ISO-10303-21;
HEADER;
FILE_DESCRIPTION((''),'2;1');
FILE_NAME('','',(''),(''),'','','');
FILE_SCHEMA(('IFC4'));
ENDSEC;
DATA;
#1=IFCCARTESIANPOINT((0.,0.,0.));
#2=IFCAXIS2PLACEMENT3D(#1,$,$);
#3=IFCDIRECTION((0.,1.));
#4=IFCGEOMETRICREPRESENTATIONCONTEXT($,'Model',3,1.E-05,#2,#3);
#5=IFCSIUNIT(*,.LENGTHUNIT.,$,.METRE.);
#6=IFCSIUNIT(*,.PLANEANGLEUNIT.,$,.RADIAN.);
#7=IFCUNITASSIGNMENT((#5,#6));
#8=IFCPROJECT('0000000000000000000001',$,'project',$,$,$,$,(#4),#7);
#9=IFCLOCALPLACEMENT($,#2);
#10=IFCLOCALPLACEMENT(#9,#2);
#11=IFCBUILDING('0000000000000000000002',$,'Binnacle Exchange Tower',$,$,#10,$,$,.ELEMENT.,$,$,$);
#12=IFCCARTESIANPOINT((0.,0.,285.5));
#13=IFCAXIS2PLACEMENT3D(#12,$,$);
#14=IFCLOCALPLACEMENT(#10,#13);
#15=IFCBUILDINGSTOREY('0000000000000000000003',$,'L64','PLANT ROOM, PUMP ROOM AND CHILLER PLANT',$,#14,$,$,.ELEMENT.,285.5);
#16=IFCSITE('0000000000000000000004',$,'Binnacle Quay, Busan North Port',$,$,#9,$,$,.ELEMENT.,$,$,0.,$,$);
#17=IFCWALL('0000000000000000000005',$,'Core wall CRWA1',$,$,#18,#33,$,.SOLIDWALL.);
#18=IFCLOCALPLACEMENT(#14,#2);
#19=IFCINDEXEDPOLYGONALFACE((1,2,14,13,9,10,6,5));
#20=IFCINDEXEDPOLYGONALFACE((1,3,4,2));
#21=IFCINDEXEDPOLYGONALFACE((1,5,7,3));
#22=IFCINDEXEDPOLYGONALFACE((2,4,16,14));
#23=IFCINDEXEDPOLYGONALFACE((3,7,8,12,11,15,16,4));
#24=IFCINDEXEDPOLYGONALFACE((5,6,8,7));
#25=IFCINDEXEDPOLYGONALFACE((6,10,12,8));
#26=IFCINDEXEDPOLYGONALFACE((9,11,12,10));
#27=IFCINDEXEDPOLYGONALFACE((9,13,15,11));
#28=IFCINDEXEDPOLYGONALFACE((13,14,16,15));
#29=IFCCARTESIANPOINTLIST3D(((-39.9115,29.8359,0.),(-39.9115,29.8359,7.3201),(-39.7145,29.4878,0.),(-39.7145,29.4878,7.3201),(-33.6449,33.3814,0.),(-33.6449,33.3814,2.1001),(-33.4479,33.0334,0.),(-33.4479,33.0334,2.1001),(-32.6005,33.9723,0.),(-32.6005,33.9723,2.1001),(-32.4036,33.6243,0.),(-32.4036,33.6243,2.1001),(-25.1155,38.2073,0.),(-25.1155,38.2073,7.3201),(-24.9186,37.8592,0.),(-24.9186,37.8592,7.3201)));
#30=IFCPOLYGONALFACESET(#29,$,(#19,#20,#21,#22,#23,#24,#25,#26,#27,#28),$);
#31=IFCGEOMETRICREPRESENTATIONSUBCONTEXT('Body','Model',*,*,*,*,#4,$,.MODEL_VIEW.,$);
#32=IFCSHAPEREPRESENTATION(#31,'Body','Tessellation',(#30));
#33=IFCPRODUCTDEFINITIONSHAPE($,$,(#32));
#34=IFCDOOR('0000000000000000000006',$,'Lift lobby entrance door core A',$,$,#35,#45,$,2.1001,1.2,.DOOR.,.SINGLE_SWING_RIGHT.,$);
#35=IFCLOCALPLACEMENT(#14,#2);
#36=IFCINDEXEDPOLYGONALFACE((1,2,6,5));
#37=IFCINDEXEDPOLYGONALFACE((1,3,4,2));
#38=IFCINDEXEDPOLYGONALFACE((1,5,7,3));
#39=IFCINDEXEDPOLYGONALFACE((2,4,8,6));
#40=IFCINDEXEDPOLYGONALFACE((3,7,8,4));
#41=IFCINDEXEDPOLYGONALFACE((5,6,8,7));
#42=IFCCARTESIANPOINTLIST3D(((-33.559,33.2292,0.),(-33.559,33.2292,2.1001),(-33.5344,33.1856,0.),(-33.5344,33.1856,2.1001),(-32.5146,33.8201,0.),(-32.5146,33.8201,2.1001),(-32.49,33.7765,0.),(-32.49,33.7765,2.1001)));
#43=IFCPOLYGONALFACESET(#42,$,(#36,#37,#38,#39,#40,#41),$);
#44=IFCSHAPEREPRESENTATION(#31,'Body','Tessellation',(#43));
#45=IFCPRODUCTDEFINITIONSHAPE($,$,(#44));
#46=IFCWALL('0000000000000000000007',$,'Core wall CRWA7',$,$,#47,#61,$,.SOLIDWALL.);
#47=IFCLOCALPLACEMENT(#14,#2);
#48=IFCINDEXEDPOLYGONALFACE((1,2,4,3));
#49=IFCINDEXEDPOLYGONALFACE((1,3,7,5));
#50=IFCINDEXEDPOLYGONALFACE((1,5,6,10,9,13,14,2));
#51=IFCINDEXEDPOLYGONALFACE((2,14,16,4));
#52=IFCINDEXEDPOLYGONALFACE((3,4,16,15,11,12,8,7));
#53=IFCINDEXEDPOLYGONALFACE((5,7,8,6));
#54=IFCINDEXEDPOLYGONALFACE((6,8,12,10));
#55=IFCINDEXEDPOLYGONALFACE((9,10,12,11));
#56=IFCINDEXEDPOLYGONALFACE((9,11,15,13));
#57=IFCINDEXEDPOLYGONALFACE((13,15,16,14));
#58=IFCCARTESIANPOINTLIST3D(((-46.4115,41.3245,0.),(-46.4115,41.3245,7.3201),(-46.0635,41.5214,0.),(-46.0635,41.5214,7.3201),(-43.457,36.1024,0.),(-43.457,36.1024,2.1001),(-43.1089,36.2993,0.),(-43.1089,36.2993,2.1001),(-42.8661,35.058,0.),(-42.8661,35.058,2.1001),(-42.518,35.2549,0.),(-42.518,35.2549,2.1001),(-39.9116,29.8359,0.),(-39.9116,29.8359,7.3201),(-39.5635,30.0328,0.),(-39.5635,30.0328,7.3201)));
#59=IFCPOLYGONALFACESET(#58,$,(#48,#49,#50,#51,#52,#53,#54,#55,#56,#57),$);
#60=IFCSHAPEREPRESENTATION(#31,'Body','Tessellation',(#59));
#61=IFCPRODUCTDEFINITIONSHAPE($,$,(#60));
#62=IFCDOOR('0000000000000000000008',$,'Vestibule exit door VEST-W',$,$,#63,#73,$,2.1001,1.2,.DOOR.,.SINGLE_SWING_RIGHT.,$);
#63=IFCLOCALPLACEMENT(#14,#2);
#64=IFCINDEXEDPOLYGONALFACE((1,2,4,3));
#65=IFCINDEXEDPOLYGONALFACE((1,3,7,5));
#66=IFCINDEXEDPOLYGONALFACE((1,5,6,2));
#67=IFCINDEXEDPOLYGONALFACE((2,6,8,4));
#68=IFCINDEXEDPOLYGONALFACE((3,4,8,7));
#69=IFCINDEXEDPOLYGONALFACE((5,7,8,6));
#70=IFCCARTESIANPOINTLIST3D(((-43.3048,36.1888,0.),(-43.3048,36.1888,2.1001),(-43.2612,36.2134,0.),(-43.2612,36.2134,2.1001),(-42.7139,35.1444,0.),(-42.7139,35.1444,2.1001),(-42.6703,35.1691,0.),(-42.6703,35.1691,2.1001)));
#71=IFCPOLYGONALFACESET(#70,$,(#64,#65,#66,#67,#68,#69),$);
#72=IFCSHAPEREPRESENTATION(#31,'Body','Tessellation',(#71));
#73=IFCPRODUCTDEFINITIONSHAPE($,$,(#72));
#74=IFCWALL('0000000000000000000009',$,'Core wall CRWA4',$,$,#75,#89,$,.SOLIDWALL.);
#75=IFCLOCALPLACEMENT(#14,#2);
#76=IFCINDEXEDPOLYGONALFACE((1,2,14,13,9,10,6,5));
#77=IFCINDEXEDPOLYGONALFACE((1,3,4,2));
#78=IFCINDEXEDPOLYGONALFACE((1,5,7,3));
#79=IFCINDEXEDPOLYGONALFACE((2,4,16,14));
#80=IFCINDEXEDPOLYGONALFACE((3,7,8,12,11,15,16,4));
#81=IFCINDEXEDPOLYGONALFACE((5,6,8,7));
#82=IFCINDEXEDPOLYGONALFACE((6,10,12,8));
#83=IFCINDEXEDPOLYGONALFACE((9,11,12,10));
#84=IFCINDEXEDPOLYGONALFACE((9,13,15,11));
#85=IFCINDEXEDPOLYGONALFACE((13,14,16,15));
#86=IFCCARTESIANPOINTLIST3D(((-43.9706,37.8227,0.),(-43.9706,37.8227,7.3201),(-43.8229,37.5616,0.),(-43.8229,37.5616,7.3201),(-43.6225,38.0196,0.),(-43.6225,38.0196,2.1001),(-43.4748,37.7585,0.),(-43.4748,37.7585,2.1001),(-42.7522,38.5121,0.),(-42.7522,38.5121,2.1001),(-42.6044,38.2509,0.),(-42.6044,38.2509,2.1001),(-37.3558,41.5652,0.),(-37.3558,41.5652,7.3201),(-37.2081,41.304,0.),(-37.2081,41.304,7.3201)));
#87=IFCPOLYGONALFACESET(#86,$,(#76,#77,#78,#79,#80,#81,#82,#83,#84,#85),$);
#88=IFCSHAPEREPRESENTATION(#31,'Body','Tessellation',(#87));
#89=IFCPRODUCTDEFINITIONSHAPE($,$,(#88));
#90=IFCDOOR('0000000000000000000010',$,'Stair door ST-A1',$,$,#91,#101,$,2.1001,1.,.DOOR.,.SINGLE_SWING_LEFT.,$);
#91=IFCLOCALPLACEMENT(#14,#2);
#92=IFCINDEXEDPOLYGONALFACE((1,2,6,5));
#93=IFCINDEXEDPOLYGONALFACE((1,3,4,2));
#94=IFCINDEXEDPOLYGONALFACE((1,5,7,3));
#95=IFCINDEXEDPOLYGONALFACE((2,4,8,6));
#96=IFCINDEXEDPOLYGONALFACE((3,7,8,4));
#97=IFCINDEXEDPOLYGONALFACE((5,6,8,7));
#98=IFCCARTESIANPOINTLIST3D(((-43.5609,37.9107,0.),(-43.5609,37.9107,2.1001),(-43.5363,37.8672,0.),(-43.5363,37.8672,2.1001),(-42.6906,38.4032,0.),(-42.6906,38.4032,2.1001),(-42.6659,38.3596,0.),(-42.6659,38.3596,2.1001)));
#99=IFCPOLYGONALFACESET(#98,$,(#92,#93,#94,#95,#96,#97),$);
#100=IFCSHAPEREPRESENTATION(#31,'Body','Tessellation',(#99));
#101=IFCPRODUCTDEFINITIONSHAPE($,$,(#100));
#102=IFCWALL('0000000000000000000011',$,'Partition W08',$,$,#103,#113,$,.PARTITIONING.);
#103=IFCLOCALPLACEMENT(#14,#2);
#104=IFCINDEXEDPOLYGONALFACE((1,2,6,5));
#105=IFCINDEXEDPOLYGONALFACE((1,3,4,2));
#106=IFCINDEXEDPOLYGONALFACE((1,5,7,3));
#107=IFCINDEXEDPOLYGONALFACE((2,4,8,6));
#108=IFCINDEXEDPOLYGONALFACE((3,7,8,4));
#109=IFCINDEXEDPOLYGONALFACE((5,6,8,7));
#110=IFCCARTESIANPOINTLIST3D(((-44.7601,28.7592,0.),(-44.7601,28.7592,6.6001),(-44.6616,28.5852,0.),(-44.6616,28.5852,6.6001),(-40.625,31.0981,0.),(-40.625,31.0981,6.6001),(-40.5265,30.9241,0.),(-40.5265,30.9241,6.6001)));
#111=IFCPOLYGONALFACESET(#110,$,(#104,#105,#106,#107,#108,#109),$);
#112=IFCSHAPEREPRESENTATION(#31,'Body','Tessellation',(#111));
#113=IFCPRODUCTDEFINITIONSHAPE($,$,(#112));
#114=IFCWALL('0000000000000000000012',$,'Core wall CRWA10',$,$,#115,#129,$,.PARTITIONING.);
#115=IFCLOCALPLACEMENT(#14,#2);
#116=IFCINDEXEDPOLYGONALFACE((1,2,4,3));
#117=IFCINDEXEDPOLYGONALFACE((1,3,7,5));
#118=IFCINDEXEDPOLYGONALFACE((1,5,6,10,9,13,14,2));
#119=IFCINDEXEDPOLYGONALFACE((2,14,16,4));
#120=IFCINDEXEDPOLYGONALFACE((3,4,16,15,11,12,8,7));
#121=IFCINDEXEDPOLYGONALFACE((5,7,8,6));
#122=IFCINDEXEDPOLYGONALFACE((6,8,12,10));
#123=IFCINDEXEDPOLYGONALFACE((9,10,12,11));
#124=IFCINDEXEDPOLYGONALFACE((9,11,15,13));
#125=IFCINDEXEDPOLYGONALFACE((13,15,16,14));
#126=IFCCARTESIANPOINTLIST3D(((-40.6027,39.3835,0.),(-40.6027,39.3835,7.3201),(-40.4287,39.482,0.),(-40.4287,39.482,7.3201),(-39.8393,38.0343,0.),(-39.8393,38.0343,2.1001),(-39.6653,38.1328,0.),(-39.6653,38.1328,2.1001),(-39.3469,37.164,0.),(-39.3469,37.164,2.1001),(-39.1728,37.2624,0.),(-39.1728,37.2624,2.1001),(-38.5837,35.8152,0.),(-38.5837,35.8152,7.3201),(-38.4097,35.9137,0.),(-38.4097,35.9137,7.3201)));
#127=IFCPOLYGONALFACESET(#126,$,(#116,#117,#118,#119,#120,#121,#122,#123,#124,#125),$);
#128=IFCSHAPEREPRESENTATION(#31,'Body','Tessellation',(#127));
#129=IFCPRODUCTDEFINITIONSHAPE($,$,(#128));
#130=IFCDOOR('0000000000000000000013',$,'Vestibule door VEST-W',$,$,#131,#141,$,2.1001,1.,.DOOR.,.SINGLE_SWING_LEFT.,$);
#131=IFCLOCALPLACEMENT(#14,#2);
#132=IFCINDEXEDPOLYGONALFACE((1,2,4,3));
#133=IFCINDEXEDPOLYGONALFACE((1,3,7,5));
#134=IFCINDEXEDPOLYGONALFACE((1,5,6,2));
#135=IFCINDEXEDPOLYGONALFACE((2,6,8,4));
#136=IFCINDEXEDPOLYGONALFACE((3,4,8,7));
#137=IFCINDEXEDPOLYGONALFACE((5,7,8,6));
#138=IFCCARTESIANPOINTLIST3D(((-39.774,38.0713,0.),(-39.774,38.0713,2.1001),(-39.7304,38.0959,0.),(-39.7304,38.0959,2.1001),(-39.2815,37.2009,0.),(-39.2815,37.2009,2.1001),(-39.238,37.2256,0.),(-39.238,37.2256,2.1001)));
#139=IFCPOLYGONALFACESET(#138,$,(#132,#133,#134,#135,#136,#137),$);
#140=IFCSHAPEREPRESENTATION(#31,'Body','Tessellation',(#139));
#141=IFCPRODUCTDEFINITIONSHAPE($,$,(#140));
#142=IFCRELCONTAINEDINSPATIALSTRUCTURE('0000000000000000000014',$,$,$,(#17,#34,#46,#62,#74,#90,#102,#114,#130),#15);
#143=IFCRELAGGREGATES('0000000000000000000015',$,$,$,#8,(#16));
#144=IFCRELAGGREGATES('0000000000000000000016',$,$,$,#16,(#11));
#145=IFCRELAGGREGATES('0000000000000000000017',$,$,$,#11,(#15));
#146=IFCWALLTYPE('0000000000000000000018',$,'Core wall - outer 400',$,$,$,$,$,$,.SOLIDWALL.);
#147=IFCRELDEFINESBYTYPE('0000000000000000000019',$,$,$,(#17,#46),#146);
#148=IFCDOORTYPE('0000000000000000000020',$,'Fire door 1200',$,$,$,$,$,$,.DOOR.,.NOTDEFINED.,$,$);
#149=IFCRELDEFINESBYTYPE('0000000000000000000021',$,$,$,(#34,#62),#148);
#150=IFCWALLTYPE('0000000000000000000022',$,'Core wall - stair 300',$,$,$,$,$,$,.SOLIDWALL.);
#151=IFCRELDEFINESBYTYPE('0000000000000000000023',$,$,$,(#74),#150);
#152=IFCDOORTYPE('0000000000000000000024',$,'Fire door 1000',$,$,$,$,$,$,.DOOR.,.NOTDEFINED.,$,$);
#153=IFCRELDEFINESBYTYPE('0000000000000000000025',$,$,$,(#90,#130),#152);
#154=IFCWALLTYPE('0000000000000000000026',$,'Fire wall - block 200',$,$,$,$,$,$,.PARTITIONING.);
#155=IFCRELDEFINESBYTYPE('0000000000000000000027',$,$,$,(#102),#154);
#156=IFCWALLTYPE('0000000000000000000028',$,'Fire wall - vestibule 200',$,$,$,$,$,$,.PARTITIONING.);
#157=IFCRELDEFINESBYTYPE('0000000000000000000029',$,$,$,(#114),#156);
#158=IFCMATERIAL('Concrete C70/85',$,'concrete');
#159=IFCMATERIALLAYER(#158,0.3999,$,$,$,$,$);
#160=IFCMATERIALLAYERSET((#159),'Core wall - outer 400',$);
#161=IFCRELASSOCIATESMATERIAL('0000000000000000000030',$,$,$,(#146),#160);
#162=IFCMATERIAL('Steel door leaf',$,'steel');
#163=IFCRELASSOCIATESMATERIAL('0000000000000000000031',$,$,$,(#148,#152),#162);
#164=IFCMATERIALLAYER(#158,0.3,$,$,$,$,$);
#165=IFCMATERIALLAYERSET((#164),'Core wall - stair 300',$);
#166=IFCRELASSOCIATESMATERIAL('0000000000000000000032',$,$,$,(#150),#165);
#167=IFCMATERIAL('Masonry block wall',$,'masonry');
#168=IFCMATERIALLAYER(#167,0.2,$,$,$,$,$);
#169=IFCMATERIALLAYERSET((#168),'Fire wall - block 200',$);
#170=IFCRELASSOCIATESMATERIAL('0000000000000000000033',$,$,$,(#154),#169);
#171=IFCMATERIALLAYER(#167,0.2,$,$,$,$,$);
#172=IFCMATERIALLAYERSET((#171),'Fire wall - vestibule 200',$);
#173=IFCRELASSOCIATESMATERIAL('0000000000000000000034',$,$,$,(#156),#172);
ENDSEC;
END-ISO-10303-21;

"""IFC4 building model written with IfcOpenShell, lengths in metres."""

from ifc_helpers import new_model, si_unit, direction, frame, frame_2d, origin, place, context, subcontext, project, spatial, rectangle, extrude, material, layer, layer_set, type_object, element, fill, save


model = new_model("IFC4")

# Units and contexts
model_context = context("Model", 3, precision=1e-05, world=origin(), true_north=direction((0.0, 1.0)))
body_context = subcontext(model_context, "Body", "Model", "MODEL_VIEW")
ifc_project = project(units=[si_unit("LENGTHUNIT", "METRE"), si_unit("PLANEANGLEUNIT", "RADIAN")], contexts=[model_context])

# Site, building, storey
site_placement = place(None, origin())
site = spatial("IfcSite", under=ifc_project, at=site_placement, Name="Binnacle Quay, Busan North Port", CompositionType="ELEMENT", RefElevation=0.0)
building_placement = place(site_placement, origin())
building = spatial("IfcBuilding", under=site, at=building_placement, Name="Binnacle Exchange Tower", CompositionType="ELEMENT")
storey_placement = place(building_placement, frame((0.0, 0.0, 285.5)))
storey = spatial("IfcBuildingStorey", under=building, at=storey_placement, Name="L64", Description="PLANT ROOM, PUMP ROOM AND CHILLER PLANT", CompositionType="ELEMENT", Elevation=285.5)

# Shared definitions
ifc_material_1 = material(Name="Concrete C70/85", Category="concrete")
ifc_material_2 = material(Name="Steel door leaf", Category="steel")

# Walls, openings, doors
ifc_layer_1 = layer(ifc_material_1, 0.3999)
ifc_layer_set_1 = layer_set([ifc_layer_1], Name="Core wall - outer 400")
wall_type_1 = type_object("IfcWallType", Name="Core wall - outer 400", PredefinedType="SOLIDWALL", material=ifc_layer_set_1)
wall_1_placement = place(storey_placement, frame((-39.813, 29.6619, 0.0), z_axis=(0.0, 0.0, 1.0), x_axis=(0.87035, 0.492433, 0.0)))
wall_1 = element("IfcWall", 1, at=wall_1_placement, inside=storey, type_object=wall_type_1, Name="Core wall CRWA1", PredefinedType="SOLIDWALL", context=body_context, shape_type="SweptSolid", body=[
    extrude(rectangle(XDim=17.0, YDim=0.3999, at=frame_2d((8.5, 0.0))), origin(), (0.0, 0.0, 1.0), 7.3201),
])
opening_1_placement = place(wall_1_placement, frame((7.2, 0.0, 0.0)))
opening_1 = element("IfcOpeningElement", 2, at=opening_1_placement, cuts=wall_1, PredefinedType="OPENING", context=body_context, shape_type="SweptSolid", body=[
    extrude(rectangle(XDim=1.2, YDim=2.1001, at=frame_2d((0.6001, 1.05))), frame((0.0, 0.21, 0.0), z_axis=(0.0, -1.0, 0.0), x_axis=(1.0, 0.0, 0.0)), (0.0, 0.0, 1.0), 0.4199),
])
door_type_1 = type_object("IfcDoorType", Name="Fire door 1200", OperationType="NOTDEFINED", PredefinedType="DOOR", material=ifc_material_2)
door_1_placement = place(opening_1_placement, frame((1.2, 0.0, 0.0), z_axis=(0.0, 0.0, 1.0), x_axis=(-1.0, 0.0, 0.0)))
door_1 = element("IfcDoor", 3, at=door_1_placement, inside=storey, type_object=door_type_1, Name="Lift lobby entrance door core A", OperationType="SINGLE_SWING_RIGHT", OverallHeight=2.1001, OverallWidth=1.2, PredefinedType="DOOR", context=body_context, shape_type="SweptSolid", body=[
    extrude(rectangle(XDim=1.2, YDim=2.1001, at=frame_2d((0.6001, 1.05))), frame((0.0, 0.0249, 0.0), z_axis=(0.0, -1.0, 0.0), x_axis=(1.0, 0.0, 0.0)), (0.0, 0.0, 1.0), 0.05),
])
fill(opening_1, door_1)
wall_2_placement = place(storey_placement, frame((-46.2375, 41.4231, 0.0), z_axis=(0.0, 0.0, 1.0), x_axis=(0.492422, -0.870357, 0.0)))
wall_2 = element("IfcWall", 4, at=wall_2_placement, inside=storey, type_object=wall_type_1, Name="Core wall CRWA7", PredefinedType="SOLIDWALL", context=body_context, shape_type="SweptSolid", body=[
    extrude(rectangle(XDim=13.2, YDim=0.3999, at=frame_2d((6.6001, 0.0))), origin(), (0.0, 0.0, 1.0), 7.3201),
])
opening_2_placement = place(wall_2_placement, frame((6.0, 0.0, 0.0)))
opening_2 = element("IfcOpeningElement", 5, at=opening_2_placement, cuts=wall_2, PredefinedType="OPENING", context=body_context, shape_type="SweptSolid", body=[
    extrude(rectangle(XDim=1.2, YDim=2.1001, at=frame_2d((0.6001, 1.05))), frame((0.0, 0.21, 0.0), z_axis=(0.0, -1.0, 0.0), x_axis=(1.0, 0.0, 0.0)), (0.0, 0.0, 1.0), 0.4199),
])
door_2_placement = place(opening_2_placement, frame((1.2, 0.0, 0.0), z_axis=(0.0, 0.0, 1.0), x_axis=(-1.0, 0.0, 0.0)))
door_2 = element("IfcDoor", 6, at=door_2_placement, inside=storey, type_object=door_type_1, Name="Vestibule exit door VEST-W", OperationType="SINGLE_SWING_RIGHT", OverallHeight=2.1001, OverallWidth=1.2, PredefinedType="DOOR", context=body_context, shape_type="SweptSolid", body=[
    extrude(rectangle(XDim=1.2, YDim=2.1001, at=frame_2d((0.6001, 1.05))), frame((0.0, 0.0249, 0.0), z_axis=(0.0, -1.0, 0.0), x_axis=(1.0, 0.0, 0.0)), (0.0, 0.0, 1.0), 0.05),
])
fill(opening_2, door_2)
ifc_layer_2 = layer(ifc_material_1, 0.3)
ifc_layer_set_2 = layer_set([ifc_layer_2], Name="Core wall - stair 300")
wall_type_2 = type_object("IfcWallType", Name="Core wall - stair 300", PredefinedType="SOLIDWALL", material=ifc_layer_set_2)
wall_3_placement = place(storey_placement, frame((-43.8967, 37.6921, 0.0), z_axis=(0.0, 0.0, 1.0), x_axis=(0.870356, 0.492422, 0.0)))
wall_3 = element("IfcWall", 7, at=wall_3_placement, inside=storey, type_object=wall_type_2, Name="Core wall CRWA4", PredefinedType="SOLIDWALL", context=body_context, shape_type="SweptSolid", body=[
    extrude(rectangle(XDim=7.6001, YDim=0.3, at=frame_2d((3.8, 0.0))), origin(), (0.0, 0.0, 1.0), 7.3201),
])
opening_3_placement = place(wall_3_placement, frame((0.3999, 0.0, 0.0)))
opening_3 = element("IfcOpeningElement", 8, at=opening_3_placement, cuts=wall_3, PredefinedType="OPENING", context=body_context, shape_type="SweptSolid", body=[
    extrude(rectangle(XDim=1.0, YDim=2.1001, at=frame_2d((0.5, 1.05))), frame((0.0, 0.1599, 0.0), z_axis=(0.0, -1.0, 0.0), x_axis=(1.0, 0.0, 0.0)), (0.0, 0.0, 1.0), 0.3201),
])
door_type_2 = type_object("IfcDoorType", Name="Fire door 1000", OperationType="NOTDEFINED", PredefinedType="DOOR", material=ifc_material_2)
door_3_placement = place(opening_3_placement, origin())
door_3 = element("IfcDoor", 9, at=door_3_placement, inside=storey, type_object=door_type_2, Name="Stair door ST-A1", OperationType="SINGLE_SWING_LEFT", OverallHeight=2.1001, OverallWidth=1.0, PredefinedType="DOOR", context=body_context, shape_type="SweptSolid", body=[
    extrude(rectangle(XDim=1.0, YDim=2.1001, at=frame_2d((0.5, 1.05))), frame((0.0, 0.0249, 0.0), z_axis=(0.0, -1.0, 0.0), x_axis=(1.0, 0.0, 0.0)), (0.0, 0.0, 1.0), 0.05),
])
fill(opening_3, door_3)

# Wall
ifc_material_3 = material(Name="Masonry block wall", Category="masonry")
ifc_layer_3 = layer(ifc_material_3, 0.2)
ifc_layer_set_3 = layer_set([ifc_layer_3], Name="Fire wall - block 200")
wall_type_3 = type_object("IfcWallType", Name="Fire wall - block 200", PredefinedType="PARTITIONING", material=ifc_layer_set_3)
wall_4_placement = place(storey_placement, frame((-44.7109, 28.6721, 0.0), z_axis=(0.0, 0.0, 1.0), x_axis=(0.870411, 0.492326, 0.0)))
element("IfcWall", 10, at=wall_4_placement, inside=storey, type_object=wall_type_3, Name="Partition W08", PredefinedType="PARTITIONING", context=body_context, shape_type="SweptSolid", body=[
    extrude(rectangle(XDim=4.7507, YDim=0.2, at=frame_2d((2.3755, 0.0))), origin(), (0.0, 0.0, 1.0), 6.6001),
])

# Wall, opening, door
ifc_layer_4 = layer(ifc_material_3, 0.2)
ifc_layer_set_4 = layer_set([ifc_layer_4], Name="Fire wall - vestibule 200")
wall_type_4 = type_object("IfcWallType", Name="Fire wall - vestibule 200", PredefinedType="PARTITIONING", material=ifc_layer_set_4)
wall_5_placement = place(storey_placement, frame((-40.5156, 39.4326, 0.0), z_axis=(0.0, 0.0, 1.0), x_axis=(0.492454, -0.870339, 0.0)))
wall_5 = element("IfcWall", 11, at=wall_5_placement, inside=storey, type_object=wall_type_4, Name="Core wall CRWA10", PredefinedType="PARTITIONING", context=body_context, shape_type="SweptSolid", body=[
    extrude(rectangle(XDim=4.0999, YDim=0.2, at=frame_2d((2.0498, 0.0))), origin(), (0.0, 0.0, 1.0), 7.3201),
])
opening_4_placement = place(wall_5_placement, frame((1.55, 0.0, 0.0)))
opening_4 = element("IfcOpeningElement", 12, at=opening_4_placement, cuts=wall_5, PredefinedType="OPENING", context=body_context, shape_type="SweptSolid", body=[
    extrude(rectangle(XDim=1.0, YDim=2.1001, at=frame_2d((0.5, 1.05))), frame((0.0, 0.1099, 0.0), z_axis=(0.0, -1.0, 0.0), x_axis=(1.0, 0.0, 0.0)), (0.0, 0.0, 1.0), 0.22),
])
door_4_placement = place(opening_4_placement, frame((1.0, 0.0, 0.0), z_axis=(0.0, 0.0, 1.0), x_axis=(-1.0, 0.0, 0.0)))
door_4 = element("IfcDoor", 13, at=door_4_placement, inside=storey, type_object=door_type_2, Name="Vestibule door VEST-W", OperationType="SINGLE_SWING_LEFT", OverallHeight=2.1001, OverallWidth=1.0, PredefinedType="DOOR", context=body_context, shape_type="SweptSolid", body=[
    extrude(rectangle(XDim=1.0, YDim=2.1001, at=frame_2d((0.5, 1.05))), frame((0.0, 0.0249, 0.0), z_axis=(0.0, -1.0, 0.0), x_axis=(1.0, 0.0, 0.0)), (0.0, 0.0, 1.0), 0.05),
])
fill(opening_4, door_4)

save(model, "model.ifc")
